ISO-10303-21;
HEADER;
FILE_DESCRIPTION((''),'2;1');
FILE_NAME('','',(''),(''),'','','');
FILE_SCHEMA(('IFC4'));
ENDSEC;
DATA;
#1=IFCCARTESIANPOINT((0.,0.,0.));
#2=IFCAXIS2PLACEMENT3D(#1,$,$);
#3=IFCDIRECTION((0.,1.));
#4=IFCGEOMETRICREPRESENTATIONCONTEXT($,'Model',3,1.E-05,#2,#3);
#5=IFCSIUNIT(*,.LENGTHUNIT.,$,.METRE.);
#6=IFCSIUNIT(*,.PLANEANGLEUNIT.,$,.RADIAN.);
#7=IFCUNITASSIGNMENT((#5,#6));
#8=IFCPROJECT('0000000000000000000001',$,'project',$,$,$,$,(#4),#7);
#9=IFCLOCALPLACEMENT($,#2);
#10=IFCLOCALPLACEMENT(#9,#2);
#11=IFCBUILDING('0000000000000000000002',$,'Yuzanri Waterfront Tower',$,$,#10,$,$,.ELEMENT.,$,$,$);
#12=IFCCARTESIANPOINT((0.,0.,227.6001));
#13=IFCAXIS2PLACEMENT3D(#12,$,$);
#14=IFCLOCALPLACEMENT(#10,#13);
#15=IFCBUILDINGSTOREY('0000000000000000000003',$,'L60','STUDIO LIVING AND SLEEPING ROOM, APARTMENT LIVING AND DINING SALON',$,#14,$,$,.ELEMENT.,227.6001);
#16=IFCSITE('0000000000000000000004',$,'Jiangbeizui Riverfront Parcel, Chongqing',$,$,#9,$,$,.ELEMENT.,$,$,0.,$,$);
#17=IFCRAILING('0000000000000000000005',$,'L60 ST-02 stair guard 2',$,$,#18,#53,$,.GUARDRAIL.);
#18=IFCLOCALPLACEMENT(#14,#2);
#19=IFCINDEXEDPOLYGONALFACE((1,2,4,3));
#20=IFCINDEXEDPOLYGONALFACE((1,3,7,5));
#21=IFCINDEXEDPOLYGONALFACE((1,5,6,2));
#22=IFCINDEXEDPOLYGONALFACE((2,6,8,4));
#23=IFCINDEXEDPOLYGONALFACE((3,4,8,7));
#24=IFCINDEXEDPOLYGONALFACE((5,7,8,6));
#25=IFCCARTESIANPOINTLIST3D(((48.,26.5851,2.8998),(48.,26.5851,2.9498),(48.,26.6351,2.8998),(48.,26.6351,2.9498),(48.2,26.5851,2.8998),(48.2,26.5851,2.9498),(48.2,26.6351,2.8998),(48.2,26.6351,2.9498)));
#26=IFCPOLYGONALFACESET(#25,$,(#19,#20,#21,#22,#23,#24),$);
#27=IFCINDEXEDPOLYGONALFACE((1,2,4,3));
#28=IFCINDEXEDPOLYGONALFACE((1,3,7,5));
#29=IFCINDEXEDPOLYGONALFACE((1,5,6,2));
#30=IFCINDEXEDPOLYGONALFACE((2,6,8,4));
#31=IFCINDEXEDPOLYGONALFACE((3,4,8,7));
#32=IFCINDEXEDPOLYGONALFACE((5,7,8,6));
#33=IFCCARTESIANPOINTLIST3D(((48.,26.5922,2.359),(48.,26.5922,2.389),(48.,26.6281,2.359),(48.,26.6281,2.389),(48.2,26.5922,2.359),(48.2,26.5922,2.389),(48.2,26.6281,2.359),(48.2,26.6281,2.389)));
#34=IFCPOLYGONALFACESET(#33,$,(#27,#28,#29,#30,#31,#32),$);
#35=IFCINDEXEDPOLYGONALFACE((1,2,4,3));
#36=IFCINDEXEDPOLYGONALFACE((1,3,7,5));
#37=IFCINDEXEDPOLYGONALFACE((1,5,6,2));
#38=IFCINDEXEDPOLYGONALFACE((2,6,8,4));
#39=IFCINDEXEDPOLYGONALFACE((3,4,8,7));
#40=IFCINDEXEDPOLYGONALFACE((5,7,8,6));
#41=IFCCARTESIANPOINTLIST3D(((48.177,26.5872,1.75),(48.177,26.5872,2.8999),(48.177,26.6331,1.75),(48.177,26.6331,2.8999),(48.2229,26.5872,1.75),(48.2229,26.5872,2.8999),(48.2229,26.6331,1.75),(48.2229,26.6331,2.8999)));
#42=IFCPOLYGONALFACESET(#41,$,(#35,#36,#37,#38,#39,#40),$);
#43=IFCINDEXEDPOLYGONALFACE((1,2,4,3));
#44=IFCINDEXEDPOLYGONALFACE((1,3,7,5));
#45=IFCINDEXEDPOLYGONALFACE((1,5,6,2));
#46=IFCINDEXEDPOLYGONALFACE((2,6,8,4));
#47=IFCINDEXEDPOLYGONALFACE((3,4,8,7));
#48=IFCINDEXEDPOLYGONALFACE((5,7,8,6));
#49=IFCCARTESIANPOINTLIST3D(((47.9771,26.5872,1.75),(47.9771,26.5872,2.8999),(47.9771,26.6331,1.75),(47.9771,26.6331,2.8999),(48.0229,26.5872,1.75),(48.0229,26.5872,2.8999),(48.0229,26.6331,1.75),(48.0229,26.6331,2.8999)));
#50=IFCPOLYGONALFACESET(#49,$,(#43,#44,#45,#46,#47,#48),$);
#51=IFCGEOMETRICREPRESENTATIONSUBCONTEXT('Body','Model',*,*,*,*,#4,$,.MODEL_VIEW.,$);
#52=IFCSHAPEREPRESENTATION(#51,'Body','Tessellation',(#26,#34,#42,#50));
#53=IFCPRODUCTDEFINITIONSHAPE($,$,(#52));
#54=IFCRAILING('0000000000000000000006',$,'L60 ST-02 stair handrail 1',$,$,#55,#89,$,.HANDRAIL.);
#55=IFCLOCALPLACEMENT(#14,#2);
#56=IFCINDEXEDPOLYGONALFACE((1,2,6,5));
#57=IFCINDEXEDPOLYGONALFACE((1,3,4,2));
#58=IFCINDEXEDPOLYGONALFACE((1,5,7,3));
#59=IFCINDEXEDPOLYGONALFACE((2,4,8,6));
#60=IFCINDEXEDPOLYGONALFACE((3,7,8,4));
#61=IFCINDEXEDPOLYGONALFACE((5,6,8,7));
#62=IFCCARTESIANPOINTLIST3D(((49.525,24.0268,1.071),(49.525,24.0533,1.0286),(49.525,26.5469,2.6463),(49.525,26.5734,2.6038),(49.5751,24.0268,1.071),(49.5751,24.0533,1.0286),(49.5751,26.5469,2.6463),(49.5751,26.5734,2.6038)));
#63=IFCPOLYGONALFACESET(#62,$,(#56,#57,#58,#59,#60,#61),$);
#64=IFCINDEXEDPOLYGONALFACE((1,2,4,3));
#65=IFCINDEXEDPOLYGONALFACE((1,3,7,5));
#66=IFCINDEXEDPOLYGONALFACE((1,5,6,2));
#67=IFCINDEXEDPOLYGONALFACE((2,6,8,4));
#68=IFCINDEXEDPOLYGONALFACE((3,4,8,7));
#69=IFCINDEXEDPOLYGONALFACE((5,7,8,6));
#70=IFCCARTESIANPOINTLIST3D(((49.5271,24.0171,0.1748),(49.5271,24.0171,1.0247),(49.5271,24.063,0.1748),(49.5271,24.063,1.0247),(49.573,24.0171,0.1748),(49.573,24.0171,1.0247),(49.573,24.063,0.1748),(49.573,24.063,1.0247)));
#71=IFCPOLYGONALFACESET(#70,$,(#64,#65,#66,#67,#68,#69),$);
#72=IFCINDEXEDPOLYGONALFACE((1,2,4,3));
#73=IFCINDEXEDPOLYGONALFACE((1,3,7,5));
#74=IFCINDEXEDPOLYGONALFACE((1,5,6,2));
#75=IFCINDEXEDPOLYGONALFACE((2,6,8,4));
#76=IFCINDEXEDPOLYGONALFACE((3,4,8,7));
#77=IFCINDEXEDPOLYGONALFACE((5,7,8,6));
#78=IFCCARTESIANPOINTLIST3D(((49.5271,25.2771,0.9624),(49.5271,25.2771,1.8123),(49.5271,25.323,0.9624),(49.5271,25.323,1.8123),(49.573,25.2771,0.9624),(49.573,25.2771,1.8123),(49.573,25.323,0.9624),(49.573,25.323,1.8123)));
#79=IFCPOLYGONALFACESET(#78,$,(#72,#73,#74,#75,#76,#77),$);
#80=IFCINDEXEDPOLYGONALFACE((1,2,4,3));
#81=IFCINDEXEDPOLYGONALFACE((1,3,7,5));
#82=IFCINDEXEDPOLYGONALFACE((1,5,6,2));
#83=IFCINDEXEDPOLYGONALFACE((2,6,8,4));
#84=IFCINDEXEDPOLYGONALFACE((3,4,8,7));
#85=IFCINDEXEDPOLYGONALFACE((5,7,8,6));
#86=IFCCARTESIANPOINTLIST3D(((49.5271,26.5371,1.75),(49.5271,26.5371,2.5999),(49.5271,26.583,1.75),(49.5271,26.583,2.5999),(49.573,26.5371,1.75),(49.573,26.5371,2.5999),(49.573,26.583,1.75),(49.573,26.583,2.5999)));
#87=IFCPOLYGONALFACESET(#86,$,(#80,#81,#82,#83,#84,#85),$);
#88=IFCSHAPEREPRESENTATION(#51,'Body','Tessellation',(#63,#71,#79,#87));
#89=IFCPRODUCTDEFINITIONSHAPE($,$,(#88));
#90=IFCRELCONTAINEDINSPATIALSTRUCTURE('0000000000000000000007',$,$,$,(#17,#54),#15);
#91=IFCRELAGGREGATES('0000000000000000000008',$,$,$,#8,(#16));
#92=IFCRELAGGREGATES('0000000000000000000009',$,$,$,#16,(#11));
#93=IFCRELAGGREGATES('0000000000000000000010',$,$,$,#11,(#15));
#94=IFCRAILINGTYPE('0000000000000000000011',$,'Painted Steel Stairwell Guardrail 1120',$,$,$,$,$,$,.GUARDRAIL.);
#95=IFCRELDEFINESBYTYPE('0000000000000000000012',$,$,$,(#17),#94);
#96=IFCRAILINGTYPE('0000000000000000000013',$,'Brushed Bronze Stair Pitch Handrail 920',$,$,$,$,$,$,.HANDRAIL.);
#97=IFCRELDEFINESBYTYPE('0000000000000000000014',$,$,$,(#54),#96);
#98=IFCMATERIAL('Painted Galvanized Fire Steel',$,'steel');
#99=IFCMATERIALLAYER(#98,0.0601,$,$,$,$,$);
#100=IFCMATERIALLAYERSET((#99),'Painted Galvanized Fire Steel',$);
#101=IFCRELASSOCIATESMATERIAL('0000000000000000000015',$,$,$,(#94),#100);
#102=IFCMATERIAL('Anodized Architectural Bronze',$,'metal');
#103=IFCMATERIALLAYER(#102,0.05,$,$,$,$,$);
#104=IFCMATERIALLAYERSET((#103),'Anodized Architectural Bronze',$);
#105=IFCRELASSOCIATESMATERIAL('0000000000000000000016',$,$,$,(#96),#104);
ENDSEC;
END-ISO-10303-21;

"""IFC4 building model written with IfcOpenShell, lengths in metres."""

from ifc_helpers import new_model, si_unit, direction, frame, origin, origin_2d, place, context, subcontext, project, spatial, rectangle, extrude, source, transform, mapped, material, layer, layer_set, type_object, element, save


model = new_model("IFC4")

# Units and contexts
model_context = context("Model", 3, precision=1e-05, world=origin(), true_north=direction((0.0, 1.0)))
body_context = subcontext(model_context, "Body", "Model", "MODEL_VIEW")
ifc_project = project(units=[si_unit("LENGTHUNIT", "METRE"), si_unit("PLANEANGLEUNIT", "RADIAN")], contexts=[model_context])

# Site, building, storey
site_placement = place(None, origin())
site = spatial("IfcSite", under=ifc_project, at=site_placement, Name="Jiangbeizui Riverfront Parcel, Chongqing", CompositionType="ELEMENT", RefElevation=0.0)
building_placement = place(site_placement, origin())
building = spatial("IfcBuilding", under=site, at=building_placement, Name="Yuzanri Waterfront Tower", CompositionType="ELEMENT")
storey_placement = place(building_placement, frame((0.0, 0.0, 227.6001)))
storey = spatial("IfcBuildingStorey", under=building, at=storey_placement, Name="L60", Description="STUDIO LIVING AND SLEEPING ROOM, APARTMENT LIVING AND DINING SALON", CompositionType="ELEMENT", Elevation=227.6001)

# Railings
ifc_material_1 = material(Name="Painted Galvanized Fire Steel", Category="steel")
ifc_layer_1 = layer(ifc_material_1, 0.0601)
ifc_layer_set_1 = layer_set([ifc_layer_1], Name="Painted Galvanized Fire Steel")
railing_type_1 = type_object("IfcRailingType", Name="Painted Steel Stairwell Guardrail 1120", PredefinedType="GUARDRAIL", material=ifc_layer_set_1)
shared_shape_1 = source(origin(), body_context, "Body", "SweptSolid", [
    extrude(rectangle(XDim=0.05, YDim=0.05, at=origin_2d()), frame((0.0, 0.0, 1.1748), z_axis=(-1.0, 0.0, 0.0), x_axis=(0.0, -1.0, 0.0)), (0.0, 0.0, 1.0), 0.2),
    extrude(rectangle(XDim=0.0359, YDim=0.03, at=origin_2d()), frame((0.0, 0.0, 0.624), z_axis=(-1.0, 0.0, 0.0), x_axis=(0.0, -1.0, 0.0)), (0.0, 0.0, 1.0), 0.2),
    extrude(rectangle(XDim=0.0459, YDim=0.0459, at=origin_2d()), origin(), (0.0, 0.0, 1.0), 1.1499),
    extrude(rectangle(XDim=0.0459, YDim=0.0459, at=origin_2d()), frame((-0.2, 0.0, 0.0)), (0.0, 0.0, 1.0), 1.1499),
])
railing_1_placement = place(storey_placement, frame((48.2, 26.6101, 1.75)))
element("IfcRailing", 1, at=railing_1_placement, inside=storey, type_object=railing_type_1, Name="L60 ST-02 stair guard 2", PredefinedType="GUARDRAIL", context=body_context, shape_type="MappedRepresentation", body=[
    mapped(shared_shape_1, transform((0.0, 0.0, 0.0), scale=1.0)),
])
ifc_material_2 = material(Name="Anodized Architectural Bronze", Category="metal")
ifc_layer_2 = layer(ifc_material_2, 0.05)
ifc_layer_set_2 = layer_set([ifc_layer_2], Name="Anodized Architectural Bronze")
railing_type_2 = type_object("IfcRailingType", Name="Brushed Bronze Stair Pitch Handrail 920", PredefinedType="HANDRAIL", material=ifc_layer_set_2)
shared_shape_2 = source(origin(), body_context, "Body", "SweptSolid", [
    extrude(rectangle(XDim=0.05, YDim=0.05, at=origin_2d()), frame((0.0, 0.0, 0.875), z_axis=(0.0, 0.847971, 0.530043), x_axis=(-1.0, 0.0, 0.0)), (0.0, 0.0, 1.0), 2.9719),
    extrude(rectangle(XDim=0.0459, YDim=0.0459, at=origin_2d()), origin(), (0.0, 0.0, 1.0), 0.8499),
    extrude(rectangle(XDim=0.0459, YDim=0.0459, at=origin_2d()), frame((0.0, 1.26, 0.7876)), (0.0, 0.0, 1.0), 0.8499),
    extrude(rectangle(XDim=0.0459, YDim=0.0459, at=origin_2d()), frame((0.0, 2.52, 1.5752)), (0.0, 0.0, 1.0), 0.8499),
])
railing_2_placement = place(storey_placement, frame((49.55, 24.04, 0.1748)))
element("IfcRailing", 2, at=railing_2_placement, inside=storey, type_object=railing_type_2, Name="L60 ST-02 stair handrail 1", PredefinedType="HANDRAIL", context=body_context, shape_type="MappedRepresentation", body=[
    mapped(shared_shape_2, transform((0.0, 0.0, 0.0), scale=1.0)),
])

save(model, "model.ifc")
